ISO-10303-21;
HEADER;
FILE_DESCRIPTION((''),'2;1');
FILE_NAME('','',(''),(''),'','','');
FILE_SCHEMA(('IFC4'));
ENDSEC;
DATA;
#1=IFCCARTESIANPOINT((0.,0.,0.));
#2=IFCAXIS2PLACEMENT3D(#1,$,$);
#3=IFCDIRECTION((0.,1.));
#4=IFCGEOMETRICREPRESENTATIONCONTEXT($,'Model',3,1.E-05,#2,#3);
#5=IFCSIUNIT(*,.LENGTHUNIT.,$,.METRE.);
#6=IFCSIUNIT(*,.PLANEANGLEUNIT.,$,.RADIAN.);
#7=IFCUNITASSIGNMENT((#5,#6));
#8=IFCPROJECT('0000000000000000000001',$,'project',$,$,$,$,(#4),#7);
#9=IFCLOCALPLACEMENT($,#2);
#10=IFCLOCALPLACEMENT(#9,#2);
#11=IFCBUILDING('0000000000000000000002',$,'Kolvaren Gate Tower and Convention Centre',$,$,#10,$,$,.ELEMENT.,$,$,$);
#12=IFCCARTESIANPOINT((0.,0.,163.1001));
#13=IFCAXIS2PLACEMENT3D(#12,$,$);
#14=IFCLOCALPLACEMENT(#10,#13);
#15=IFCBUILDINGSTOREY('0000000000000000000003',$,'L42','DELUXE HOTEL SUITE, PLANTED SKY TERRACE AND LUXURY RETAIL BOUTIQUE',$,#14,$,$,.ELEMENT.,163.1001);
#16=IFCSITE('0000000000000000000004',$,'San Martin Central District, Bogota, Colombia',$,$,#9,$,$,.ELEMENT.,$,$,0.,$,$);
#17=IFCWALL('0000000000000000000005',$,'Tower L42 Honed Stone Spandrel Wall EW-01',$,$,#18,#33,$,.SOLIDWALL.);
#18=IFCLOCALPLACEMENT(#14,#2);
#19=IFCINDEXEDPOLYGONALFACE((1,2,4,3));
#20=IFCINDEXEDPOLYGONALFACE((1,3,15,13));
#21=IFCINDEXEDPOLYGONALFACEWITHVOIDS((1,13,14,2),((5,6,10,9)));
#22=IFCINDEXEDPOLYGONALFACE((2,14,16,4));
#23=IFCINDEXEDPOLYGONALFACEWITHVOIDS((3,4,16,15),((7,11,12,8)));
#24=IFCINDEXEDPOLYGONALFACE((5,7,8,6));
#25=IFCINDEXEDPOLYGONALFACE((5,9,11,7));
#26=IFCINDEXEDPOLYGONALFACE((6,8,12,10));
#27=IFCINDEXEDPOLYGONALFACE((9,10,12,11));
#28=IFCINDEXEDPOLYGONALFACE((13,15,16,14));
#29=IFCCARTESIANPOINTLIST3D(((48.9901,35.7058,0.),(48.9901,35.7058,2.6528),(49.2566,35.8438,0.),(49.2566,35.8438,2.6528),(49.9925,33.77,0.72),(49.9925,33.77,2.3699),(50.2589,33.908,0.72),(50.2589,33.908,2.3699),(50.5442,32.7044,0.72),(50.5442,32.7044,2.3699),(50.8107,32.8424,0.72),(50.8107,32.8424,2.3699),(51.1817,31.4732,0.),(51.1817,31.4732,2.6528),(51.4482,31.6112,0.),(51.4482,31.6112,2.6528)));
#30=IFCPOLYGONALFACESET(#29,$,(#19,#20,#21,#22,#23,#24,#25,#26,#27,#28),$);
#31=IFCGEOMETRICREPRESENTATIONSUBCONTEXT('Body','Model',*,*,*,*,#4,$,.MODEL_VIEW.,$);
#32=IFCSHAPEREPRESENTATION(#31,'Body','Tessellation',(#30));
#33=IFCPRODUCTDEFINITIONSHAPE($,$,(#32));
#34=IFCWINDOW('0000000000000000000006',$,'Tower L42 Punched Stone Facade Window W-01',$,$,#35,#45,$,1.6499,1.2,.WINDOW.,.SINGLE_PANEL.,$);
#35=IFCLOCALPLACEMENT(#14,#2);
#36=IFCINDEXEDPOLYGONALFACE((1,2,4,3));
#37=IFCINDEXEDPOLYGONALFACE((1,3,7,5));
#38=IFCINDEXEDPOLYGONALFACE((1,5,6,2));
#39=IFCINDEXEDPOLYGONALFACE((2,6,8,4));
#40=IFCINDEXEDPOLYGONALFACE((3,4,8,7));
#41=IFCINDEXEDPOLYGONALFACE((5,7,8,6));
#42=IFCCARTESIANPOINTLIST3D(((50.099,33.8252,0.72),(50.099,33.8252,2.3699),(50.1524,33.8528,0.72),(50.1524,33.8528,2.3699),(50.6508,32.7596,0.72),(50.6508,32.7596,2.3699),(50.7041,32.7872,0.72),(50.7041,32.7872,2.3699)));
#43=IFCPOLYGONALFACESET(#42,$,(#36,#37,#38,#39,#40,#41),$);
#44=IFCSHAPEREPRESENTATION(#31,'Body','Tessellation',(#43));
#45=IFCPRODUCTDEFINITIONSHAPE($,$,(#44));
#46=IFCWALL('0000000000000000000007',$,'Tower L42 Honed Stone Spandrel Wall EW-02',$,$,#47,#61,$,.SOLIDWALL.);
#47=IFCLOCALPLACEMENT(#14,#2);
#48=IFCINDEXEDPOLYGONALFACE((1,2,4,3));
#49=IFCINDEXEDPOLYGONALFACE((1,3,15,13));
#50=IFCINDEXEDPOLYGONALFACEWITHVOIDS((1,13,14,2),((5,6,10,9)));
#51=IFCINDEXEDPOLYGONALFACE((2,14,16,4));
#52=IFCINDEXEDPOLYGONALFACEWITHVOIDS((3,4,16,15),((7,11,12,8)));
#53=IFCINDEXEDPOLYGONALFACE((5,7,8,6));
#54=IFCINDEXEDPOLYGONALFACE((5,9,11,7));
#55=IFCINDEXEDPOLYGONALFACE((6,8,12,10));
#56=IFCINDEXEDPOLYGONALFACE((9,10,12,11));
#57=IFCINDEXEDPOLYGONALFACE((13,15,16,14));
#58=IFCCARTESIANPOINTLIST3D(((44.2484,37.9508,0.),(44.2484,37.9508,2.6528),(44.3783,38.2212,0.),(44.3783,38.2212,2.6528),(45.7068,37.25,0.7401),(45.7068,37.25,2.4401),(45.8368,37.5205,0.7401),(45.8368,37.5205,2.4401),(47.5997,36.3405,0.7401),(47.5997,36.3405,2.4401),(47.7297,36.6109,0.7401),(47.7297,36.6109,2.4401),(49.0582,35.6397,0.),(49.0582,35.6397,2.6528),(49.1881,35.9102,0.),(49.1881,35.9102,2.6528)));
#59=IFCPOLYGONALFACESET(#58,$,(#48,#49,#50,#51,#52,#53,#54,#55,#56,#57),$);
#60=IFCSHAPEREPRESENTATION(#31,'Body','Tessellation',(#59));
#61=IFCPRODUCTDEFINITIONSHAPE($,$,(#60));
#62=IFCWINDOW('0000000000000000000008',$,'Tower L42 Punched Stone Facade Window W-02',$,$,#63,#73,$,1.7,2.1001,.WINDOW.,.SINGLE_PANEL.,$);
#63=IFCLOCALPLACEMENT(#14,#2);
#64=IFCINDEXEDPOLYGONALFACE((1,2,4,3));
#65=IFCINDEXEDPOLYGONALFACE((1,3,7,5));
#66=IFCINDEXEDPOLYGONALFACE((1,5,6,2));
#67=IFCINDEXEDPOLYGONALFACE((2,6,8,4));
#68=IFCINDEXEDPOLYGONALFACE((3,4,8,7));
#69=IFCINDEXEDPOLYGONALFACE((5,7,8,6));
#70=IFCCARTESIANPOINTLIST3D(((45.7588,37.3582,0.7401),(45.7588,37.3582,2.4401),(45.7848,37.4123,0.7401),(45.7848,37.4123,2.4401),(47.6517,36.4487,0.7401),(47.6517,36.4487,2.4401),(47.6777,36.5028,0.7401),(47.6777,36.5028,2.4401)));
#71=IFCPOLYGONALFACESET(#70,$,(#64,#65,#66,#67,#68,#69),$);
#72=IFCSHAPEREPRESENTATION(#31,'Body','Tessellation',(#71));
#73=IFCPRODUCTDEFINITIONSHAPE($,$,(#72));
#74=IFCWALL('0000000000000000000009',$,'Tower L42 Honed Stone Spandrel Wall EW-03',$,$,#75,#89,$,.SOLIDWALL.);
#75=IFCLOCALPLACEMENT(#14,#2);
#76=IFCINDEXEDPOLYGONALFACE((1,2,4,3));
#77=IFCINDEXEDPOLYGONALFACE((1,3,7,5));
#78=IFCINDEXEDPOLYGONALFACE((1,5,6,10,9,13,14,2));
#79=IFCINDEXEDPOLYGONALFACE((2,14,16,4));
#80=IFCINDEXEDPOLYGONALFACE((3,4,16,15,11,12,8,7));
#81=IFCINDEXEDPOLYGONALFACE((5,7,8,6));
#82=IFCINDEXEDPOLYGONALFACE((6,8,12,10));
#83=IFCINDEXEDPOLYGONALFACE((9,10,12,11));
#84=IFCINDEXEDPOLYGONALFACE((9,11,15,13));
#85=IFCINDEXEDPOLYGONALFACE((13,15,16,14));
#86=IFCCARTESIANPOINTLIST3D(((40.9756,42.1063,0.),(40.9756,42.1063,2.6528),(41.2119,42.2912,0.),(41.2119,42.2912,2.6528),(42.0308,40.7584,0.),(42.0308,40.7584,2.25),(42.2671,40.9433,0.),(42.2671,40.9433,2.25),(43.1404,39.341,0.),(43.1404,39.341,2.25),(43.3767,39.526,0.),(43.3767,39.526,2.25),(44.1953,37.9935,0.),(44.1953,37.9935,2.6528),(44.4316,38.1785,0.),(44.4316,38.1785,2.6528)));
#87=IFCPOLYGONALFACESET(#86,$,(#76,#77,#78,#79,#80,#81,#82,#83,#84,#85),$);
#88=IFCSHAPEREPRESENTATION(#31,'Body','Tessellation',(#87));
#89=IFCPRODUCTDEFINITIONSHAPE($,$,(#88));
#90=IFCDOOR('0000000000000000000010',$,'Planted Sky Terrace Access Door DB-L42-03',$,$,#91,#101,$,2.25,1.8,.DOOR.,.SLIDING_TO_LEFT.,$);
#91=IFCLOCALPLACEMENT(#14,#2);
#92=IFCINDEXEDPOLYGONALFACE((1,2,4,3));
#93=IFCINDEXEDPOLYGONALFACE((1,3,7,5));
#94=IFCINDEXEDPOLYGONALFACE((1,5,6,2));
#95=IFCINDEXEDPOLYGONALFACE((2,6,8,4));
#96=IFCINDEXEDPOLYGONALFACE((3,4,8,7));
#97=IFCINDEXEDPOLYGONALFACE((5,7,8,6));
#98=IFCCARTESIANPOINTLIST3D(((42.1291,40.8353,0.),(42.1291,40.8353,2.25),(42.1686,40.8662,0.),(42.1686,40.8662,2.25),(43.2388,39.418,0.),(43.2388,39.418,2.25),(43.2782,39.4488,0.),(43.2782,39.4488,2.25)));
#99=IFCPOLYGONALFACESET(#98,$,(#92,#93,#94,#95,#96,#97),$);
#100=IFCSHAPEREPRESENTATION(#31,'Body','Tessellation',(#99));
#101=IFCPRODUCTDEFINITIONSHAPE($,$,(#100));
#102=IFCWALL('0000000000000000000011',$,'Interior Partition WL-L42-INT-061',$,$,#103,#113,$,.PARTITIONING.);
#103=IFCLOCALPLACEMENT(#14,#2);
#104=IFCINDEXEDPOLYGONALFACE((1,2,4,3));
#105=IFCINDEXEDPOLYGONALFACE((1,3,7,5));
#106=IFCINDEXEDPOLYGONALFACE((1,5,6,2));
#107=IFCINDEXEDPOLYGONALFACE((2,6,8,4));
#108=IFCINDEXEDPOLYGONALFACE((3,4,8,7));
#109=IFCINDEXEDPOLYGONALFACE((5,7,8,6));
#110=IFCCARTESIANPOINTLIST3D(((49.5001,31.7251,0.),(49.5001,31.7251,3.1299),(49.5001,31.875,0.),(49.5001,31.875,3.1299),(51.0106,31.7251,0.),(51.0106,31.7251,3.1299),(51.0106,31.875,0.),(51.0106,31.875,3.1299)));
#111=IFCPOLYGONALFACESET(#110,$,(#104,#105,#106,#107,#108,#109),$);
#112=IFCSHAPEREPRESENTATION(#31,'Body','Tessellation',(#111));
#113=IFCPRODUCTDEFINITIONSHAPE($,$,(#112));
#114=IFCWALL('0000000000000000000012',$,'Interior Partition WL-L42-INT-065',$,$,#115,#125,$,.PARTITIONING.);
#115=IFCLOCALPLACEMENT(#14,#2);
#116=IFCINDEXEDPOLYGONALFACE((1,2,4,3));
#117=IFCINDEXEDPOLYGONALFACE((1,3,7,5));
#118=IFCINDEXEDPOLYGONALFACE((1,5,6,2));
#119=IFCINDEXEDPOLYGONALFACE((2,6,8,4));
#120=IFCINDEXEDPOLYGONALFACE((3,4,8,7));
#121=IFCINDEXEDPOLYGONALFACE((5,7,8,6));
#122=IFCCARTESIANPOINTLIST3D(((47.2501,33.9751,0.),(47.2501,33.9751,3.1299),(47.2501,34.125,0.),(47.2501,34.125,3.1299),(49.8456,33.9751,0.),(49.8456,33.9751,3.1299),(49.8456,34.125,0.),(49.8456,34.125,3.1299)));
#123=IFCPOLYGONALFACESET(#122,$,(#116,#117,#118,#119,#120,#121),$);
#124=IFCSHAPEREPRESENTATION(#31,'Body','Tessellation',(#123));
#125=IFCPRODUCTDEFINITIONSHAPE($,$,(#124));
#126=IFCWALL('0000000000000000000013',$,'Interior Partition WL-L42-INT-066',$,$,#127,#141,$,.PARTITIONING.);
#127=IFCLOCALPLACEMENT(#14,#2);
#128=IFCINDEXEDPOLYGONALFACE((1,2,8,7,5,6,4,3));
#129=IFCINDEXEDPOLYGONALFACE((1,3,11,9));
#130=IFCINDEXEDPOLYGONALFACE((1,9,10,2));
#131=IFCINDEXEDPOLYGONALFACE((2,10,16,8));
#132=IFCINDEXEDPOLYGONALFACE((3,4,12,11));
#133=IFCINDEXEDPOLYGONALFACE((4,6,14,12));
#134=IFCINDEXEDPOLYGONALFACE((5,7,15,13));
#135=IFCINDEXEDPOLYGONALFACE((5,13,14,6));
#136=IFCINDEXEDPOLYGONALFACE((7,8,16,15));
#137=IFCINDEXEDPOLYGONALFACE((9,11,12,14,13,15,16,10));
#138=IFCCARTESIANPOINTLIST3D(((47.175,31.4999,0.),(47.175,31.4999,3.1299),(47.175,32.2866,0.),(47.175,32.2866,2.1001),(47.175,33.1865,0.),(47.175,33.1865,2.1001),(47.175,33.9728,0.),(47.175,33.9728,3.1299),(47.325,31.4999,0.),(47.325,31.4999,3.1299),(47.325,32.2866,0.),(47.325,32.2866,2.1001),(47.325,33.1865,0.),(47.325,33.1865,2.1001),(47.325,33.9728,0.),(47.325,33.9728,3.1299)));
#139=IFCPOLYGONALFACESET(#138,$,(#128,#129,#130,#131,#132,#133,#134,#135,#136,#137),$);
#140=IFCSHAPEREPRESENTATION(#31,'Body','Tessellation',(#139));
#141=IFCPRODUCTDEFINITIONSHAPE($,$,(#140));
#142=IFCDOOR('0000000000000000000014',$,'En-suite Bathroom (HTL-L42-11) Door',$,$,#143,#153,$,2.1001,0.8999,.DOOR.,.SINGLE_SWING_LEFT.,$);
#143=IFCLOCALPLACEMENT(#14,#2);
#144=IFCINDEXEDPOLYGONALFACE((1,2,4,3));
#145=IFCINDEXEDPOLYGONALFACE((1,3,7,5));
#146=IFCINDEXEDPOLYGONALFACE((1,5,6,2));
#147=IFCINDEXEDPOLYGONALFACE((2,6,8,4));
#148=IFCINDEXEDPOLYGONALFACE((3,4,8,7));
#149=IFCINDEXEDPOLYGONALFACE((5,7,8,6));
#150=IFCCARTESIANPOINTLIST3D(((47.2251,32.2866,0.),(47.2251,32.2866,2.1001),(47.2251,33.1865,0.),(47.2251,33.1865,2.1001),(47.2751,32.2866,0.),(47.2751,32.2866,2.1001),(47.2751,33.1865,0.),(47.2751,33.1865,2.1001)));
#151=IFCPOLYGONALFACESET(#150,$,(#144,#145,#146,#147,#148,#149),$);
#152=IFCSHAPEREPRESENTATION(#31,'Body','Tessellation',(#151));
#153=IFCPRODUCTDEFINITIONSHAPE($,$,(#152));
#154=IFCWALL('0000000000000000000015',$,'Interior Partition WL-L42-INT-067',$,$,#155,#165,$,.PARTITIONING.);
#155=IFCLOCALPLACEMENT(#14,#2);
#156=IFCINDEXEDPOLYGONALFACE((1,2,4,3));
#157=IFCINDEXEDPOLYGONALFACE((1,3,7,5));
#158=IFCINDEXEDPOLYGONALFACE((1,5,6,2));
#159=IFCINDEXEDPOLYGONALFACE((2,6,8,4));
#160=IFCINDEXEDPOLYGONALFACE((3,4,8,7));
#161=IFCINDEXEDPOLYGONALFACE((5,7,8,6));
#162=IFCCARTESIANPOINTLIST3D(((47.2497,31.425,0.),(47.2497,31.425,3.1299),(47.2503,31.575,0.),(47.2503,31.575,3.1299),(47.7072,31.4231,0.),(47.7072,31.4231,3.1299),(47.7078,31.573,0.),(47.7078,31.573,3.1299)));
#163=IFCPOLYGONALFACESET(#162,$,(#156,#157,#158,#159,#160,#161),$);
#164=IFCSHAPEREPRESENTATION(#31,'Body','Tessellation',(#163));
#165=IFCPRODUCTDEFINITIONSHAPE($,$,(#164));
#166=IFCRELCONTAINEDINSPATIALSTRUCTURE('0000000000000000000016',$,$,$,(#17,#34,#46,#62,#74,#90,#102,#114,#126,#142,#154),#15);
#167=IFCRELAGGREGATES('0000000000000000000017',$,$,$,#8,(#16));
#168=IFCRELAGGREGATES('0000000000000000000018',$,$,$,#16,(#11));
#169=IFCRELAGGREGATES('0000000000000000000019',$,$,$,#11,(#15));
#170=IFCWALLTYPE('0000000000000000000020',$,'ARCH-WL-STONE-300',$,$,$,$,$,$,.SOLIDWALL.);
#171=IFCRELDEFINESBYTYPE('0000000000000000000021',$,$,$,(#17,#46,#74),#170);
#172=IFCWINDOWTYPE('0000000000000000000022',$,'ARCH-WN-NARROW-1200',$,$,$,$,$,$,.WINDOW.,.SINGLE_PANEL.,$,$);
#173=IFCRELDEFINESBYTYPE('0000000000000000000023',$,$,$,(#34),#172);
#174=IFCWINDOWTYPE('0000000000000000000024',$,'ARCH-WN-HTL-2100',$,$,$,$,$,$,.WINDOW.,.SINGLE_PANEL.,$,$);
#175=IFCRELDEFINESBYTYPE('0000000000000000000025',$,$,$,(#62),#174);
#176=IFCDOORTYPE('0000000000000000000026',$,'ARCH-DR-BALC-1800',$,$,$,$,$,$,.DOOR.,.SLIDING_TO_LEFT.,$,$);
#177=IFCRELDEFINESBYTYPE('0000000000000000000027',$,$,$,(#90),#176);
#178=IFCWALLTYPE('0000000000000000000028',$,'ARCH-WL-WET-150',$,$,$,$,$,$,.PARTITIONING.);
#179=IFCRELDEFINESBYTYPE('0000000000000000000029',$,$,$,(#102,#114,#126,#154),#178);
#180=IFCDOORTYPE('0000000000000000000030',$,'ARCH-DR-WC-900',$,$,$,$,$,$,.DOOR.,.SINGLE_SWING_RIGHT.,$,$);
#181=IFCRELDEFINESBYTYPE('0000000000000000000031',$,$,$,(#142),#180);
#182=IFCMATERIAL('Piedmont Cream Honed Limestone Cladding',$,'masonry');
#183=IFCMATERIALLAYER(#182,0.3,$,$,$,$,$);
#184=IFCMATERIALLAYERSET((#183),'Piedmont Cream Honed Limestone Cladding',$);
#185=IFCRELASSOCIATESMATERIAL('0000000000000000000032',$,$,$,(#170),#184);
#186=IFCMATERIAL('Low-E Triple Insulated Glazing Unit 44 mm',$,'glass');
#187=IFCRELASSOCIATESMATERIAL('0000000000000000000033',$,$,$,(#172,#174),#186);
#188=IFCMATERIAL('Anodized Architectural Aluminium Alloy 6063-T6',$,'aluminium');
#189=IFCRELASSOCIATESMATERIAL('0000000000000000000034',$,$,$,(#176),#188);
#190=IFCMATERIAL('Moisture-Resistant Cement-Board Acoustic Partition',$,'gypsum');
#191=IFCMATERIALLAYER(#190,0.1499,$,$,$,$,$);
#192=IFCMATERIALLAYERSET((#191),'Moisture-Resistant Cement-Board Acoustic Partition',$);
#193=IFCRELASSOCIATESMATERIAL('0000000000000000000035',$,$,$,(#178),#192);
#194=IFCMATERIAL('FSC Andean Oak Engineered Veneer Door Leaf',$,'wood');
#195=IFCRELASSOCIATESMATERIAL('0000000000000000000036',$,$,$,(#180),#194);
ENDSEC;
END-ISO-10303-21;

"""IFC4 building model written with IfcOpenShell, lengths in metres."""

from ifc_helpers import new_model, si_unit, direction, frame, frame_2d, origin, place, context, subcontext, project, spatial, rectangle, extrude, material, layer, layer_set, type_object, element, fill, save


model = new_model("IFC4")

# Units and contexts
model_context = context("Model", 3, precision=1e-05, world=origin(), true_north=direction((0.0, 1.0)))
body_context = subcontext(model_context, "Body", "Model", "MODEL_VIEW")
ifc_project = project(units=[si_unit("LENGTHUNIT", "METRE"), si_unit("PLANEANGLEUNIT", "RADIAN")], contexts=[model_context])

# Site, building, storey
site_placement = place(None, origin())
site = spatial("IfcSite", under=ifc_project, at=site_placement, Name="San Martin Central District, Bogota, Colombia", CompositionType="ELEMENT", RefElevation=0.0)
building_placement = place(site_placement, origin())
building = spatial("IfcBuilding", under=site, at=building_placement, Name="Kolvaren Gate Tower and Convention Centre", CompositionType="ELEMENT")
storey_placement = place(building_placement, frame((0.0, 0.0, 163.1001)))
storey = spatial("IfcBuildingStorey", under=building, at=storey_placement, Name="L42", Description="DELUXE HOTEL SUITE, PLANTED SKY TERRACE AND LUXURY RETAIL BOUTIQUE", CompositionType="ELEMENT", Elevation=163.1001)

# Shared definitions
ifc_material_1 = material(Name="Piedmont Cream Honed Limestone Cladding", Category="masonry")

# Shared definitions
ifc_layer_1 = layer(ifc_material_1, 0.3)
ifc_layer_set_1 = layer_set([ifc_layer_1], Name="Piedmont Cream Honed Limestone Cladding")
wall_type_1 = type_object("IfcWallType", Name="ARCH-WL-STONE-300", PredefinedType="SOLIDWALL", material=ifc_layer_set_1)
ifc_material_2 = material(Name="Low-E Triple Insulated Glazing Unit 44 mm", Category="glass")
window_type_1 = type_object("IfcWindowType", Name="ARCH-WN-NARROW-1200", PartitioningType="SINGLE_PANEL", PredefinedType="WINDOW", material=ifc_material_2)

# Walls, openings, windows
wall_1_placement = place(storey_placement, frame((49.1233, 35.7749, 0.0), z_axis=(0.0, 0.0, 1.0), x_axis=(0.45981, -0.888017, 0.0)))
wall_1 = element("IfcWall", 1, at=wall_1_placement, inside=storey, type_object=wall_type_1, Name="Tower L42 Honed Stone Spandrel Wall EW-01", PredefinedType="SOLIDWALL", context=body_context, shape_type="SweptSolid", body=[
    extrude(rectangle(XDim=4.7664, YDim=0.3, at=frame_2d((2.3833, 0.0))), origin(), (0.0, 0.0, 1.0), 2.6528),
])
opening_1_placement = place(wall_1_placement, frame((2.1799, 0.0, 0.72)))
opening_1 = element("IfcOpeningElement", 2, at=opening_1_placement, cuts=wall_1, PredefinedType="OPENING", context=body_context, shape_type="SweptSolid", body=[
    extrude(rectangle(XDim=1.2, YDim=1.6499, at=frame_2d((0.6001, 0.825))), frame((0.0, 0.1599, 0.0), z_axis=(0.0, -1.0, 0.0), x_axis=(1.0, 0.0, 0.0)), (0.0, 0.0, 1.0), 0.3201),
])
window_1_placement = place(opening_1_placement, origin())
window_1 = element("IfcWindow", 3, at=window_1_placement, inside=storey, type_object=window_type_1, Name="Tower L42 Punched Stone Facade Window W-01", OverallHeight=1.6499, OverallWidth=1.2, PartitioningType="SINGLE_PANEL", PredefinedType="WINDOW", context=body_context, shape_type="SweptSolid", body=[
    extrude(rectangle(XDim=1.2, YDim=1.6499, at=frame_2d((0.6001, 0.825))), frame((0.0, 0.03, 0.0), z_axis=(0.0, -1.0, 0.0), x_axis=(1.0, 0.0, 0.0)), (0.0, 0.0, 1.0), 0.0601),
])
fill(opening_1, window_1)
wall_2_placement = place(storey_placement, frame((44.3135, 38.0859, 0.0), z_axis=(0.0, 0.0, 1.0), x_axis=(0.901353, -0.433085, 0.0)))
wall_2 = element("IfcWall", 4, at=wall_2_placement, inside=storey, type_object=wall_type_1, Name="Tower L42 Honed Stone Spandrel Wall EW-02", PredefinedType="SOLIDWALL", context=body_context, shape_type="SweptSolid", body=[
    extrude(rectangle(XDim=5.3362, YDim=0.3, at=frame_2d((2.668, 0.0))), origin(), (0.0, 0.0, 1.0), 2.6528),
])
opening_2_placement = place(wall_2_placement, frame((1.6179, 0.0, 0.74)))
opening_2 = element("IfcOpeningElement", 5, at=opening_2_placement, cuts=wall_2, PredefinedType="OPENING", context=body_context, shape_type="SweptSolid", body=[
    extrude(rectangle(XDim=2.1001, YDim=1.7, at=frame_2d((1.05, 0.8501))), frame((0.0, 0.1599, 0.0), z_axis=(0.0, -1.0, 0.0), x_axis=(1.0, 0.0, 0.0)), (0.0, 0.0, 1.0), 0.3201),
])
window_type_2 = type_object("IfcWindowType", Name="ARCH-WN-HTL-2100", PartitioningType="SINGLE_PANEL", PredefinedType="WINDOW", material=ifc_material_2)
window_2_placement = place(opening_2_placement, origin())
window_2 = element("IfcWindow", 6, at=window_2_placement, inside=storey, type_object=window_type_2, Name="Tower L42 Punched Stone Facade Window W-02", OverallHeight=1.7, OverallWidth=2.1001, PartitioningType="SINGLE_PANEL", PredefinedType="WINDOW", context=body_context, shape_type="SweptSolid", body=[
    extrude(rectangle(XDim=2.1001, YDim=1.7, at=frame_2d((1.05, 0.8501))), frame((0.0, 0.03, 0.0), z_axis=(0.0, -1.0, 0.0), x_axis=(1.0, 0.0, 0.0)), (0.0, 0.0, 1.0), 0.0601),
])
fill(opening_2, window_2)

# Wall, opening, door
wall_3_placement = place(storey_placement, frame((41.0938, 42.1987, 0.0), z_axis=(0.0, 0.0, 1.0), x_axis=(0.616429, -0.78741, 0.0)))
wall_3 = element("IfcWall", 7, at=wall_3_placement, inside=storey, type_object=wall_type_1, Name="Tower L42 Honed Stone Spandrel Wall EW-03", PredefinedType="SOLIDWALL", context=body_context, shape_type="SweptSolid", body=[
    extrude(rectangle(XDim=5.2231, YDim=0.3, at=frame_2d((2.6116, 0.0))), origin(), (0.0, 0.0, 1.0), 2.6528),
])
opening_3_placement = place(wall_3_placement, frame((1.7119, 0.0, 0.0)))
opening_3 = element("IfcOpeningElement", 8, at=opening_3_placement, cuts=wall_3, PredefinedType="OPENING", context=body_context, shape_type="SweptSolid", body=[
    extrude(rectangle(XDim=1.8, YDim=2.25, at=frame_2d((0.8999, 1.125))), frame((0.0, 0.1599, 0.0), z_axis=(0.0, -1.0, 0.0), x_axis=(1.0, 0.0, 0.0)), (0.0, 0.0, 1.0), 0.3201),
])
ifc_material_3 = material(Name="Anodized Architectural Aluminium Alloy 6063-T6", Category="aluminium")
door_type_1 = type_object("IfcDoorType", Name="ARCH-DR-BALC-1800", OperationType="SLIDING_TO_LEFT", PredefinedType="DOOR", material=ifc_material_3)
door_1_placement = place(opening_3_placement, origin())
door_1 = element("IfcDoor", 9, at=door_1_placement, inside=storey, type_object=door_type_1, Name="Planted Sky Terrace Access Door DB-L42-03", OperationType="SLIDING_TO_LEFT", OverallHeight=2.25, OverallWidth=1.8, PredefinedType="DOOR", context=body_context, shape_type="SweptSolid", body=[
    extrude(rectangle(XDim=1.8, YDim=2.25, at=frame_2d((0.8999, 1.125))), frame((0.0, 0.0249, 0.0), z_axis=(0.0, -1.0, 0.0), x_axis=(1.0, 0.0, 0.0)), (0.0, 0.0, 1.0), 0.05),
])
fill(opening_3, door_1)

# Walls
ifc_material_4 = material(Name="Moisture-Resistant Cement-Board Acoustic Partition", Category="gypsum")
ifc_layer_2 = layer(ifc_material_4, 0.1499)
ifc_layer_set_2 = layer_set([ifc_layer_2], Name="Moisture-Resistant Cement-Board Acoustic Partition")
wall_type_2 = type_object("IfcWallType", Name="ARCH-WL-WET-150", PredefinedType="PARTITIONING", material=ifc_layer_set_2)
wall_4_placement = place(storey_placement, frame((49.5, 31.8, 0.0), z_axis=(0.0, 0.0, 1.0), x_axis=(1.0, 0.0, 0.0)))
element("IfcWall", 10, at=wall_4_placement, inside=storey, type_object=wall_type_2, Name="Interior Partition WL-L42-INT-061", PredefinedType="PARTITIONING", context=body_context, shape_type="SweptSolid", body=[
    extrude(rectangle(XDim=1.5105, YDim=0.1499, at=frame_2d((0.7554, 0.0))), origin(), (0.0, 0.0, 1.0), 3.1299),
])
wall_5_placement = place(storey_placement, frame((47.25, 34.05, 0.0), z_axis=(0.0, 0.0, 1.0), x_axis=(1.0, 0.0, 0.0)))
element("IfcWall", 11, at=wall_5_placement, inside=storey, type_object=wall_type_2, Name="Interior Partition WL-L42-INT-065", PredefinedType="PARTITIONING", context=body_context, shape_type="SweptSolid", body=[
    extrude(rectangle(XDim=2.5955, YDim=0.1499, at=frame_2d((1.2979, 0.0))), origin(), (0.0, 0.0, 1.0), 3.1299),
])

# Wall, opening, door
wall_6_placement = place(storey_placement, frame((47.25, 31.5, 0.0), z_axis=(0.0, 0.0, 1.0), x_axis=(0.0, 1.0, 0.0)))
wall_6 = element("IfcWall", 12, at=wall_6_placement, inside=storey, type_object=wall_type_2, Name="Interior Partition WL-L42-INT-066", PredefinedType="PARTITIONING", context=body_context, shape_type="SweptSolid", body=[
    extrude(rectangle(XDim=2.4729, YDim=0.1499, at=frame_2d((1.2363, 0.0))), origin(), (0.0, 0.0, 1.0), 3.1299),
])
opening_4_placement = place(wall_6_placement, frame((0.7866, 0.0, 0.0)))
opening_4 = element("IfcOpeningElement", 13, at=opening_4_placement, cuts=wall_6, PredefinedType="OPENING", context=body_context, shape_type="SweptSolid", body=[
    extrude(rectangle(XDim=0.8999, YDim=2.1001, at=frame_2d((0.45, 1.05))), frame((0.0, 0.085, 0.0), z_axis=(0.0, -1.0, 0.0), x_axis=(1.0, 0.0, 0.0)), (0.0, 0.0, 1.0), 0.1699),
])
ifc_material_5 = material(Name="FSC Andean Oak Engineered Veneer Door Leaf", Category="wood")
door_type_2 = type_object("IfcDoorType", Name="ARCH-DR-WC-900", OperationType="SINGLE_SWING_RIGHT", PredefinedType="DOOR", material=ifc_material_5)
door_2_placement = place(opening_4_placement, origin())
door_2 = element("IfcDoor", 14, at=door_2_placement, inside=storey, type_object=door_type_2, Name="En-suite Bathroom (HTL-L42-11) Door", OperationType="SINGLE_SWING_LEFT", OverallHeight=2.1001, OverallWidth=0.8999, PredefinedType="DOOR", context=body_context, shape_type="SweptSolid", body=[
    extrude(rectangle(XDim=0.8999, YDim=2.1001, at=frame_2d((0.45, 1.05))), frame((0.0, 0.0249, 0.0), z_axis=(0.0, -1.0, 0.0), x_axis=(1.0, 0.0, 0.0)), (0.0, 0.0, 1.0), 0.05),
])
fill(opening_4, door_2)

# Wall
wall_7_placement = place(storey_placement, frame((47.25, 31.5, 0.0), z_axis=(0.0, 0.0, 1.0), x_axis=(0.999991, -0.004269, 0.0)))
element("IfcWall", 15, at=wall_7_placement, inside=storey, type_object=wall_type_2, Name="Interior Partition WL-L42-INT-067", PredefinedType="PARTITIONING", context=body_context, shape_type="SweptSolid", body=[
    extrude(rectangle(XDim=0.4575, YDim=0.1499, at=frame_2d((0.2288, 0.0))), origin(), (0.0, 0.0, 1.0), 3.1299),
])

save(model, "model.ifc")
